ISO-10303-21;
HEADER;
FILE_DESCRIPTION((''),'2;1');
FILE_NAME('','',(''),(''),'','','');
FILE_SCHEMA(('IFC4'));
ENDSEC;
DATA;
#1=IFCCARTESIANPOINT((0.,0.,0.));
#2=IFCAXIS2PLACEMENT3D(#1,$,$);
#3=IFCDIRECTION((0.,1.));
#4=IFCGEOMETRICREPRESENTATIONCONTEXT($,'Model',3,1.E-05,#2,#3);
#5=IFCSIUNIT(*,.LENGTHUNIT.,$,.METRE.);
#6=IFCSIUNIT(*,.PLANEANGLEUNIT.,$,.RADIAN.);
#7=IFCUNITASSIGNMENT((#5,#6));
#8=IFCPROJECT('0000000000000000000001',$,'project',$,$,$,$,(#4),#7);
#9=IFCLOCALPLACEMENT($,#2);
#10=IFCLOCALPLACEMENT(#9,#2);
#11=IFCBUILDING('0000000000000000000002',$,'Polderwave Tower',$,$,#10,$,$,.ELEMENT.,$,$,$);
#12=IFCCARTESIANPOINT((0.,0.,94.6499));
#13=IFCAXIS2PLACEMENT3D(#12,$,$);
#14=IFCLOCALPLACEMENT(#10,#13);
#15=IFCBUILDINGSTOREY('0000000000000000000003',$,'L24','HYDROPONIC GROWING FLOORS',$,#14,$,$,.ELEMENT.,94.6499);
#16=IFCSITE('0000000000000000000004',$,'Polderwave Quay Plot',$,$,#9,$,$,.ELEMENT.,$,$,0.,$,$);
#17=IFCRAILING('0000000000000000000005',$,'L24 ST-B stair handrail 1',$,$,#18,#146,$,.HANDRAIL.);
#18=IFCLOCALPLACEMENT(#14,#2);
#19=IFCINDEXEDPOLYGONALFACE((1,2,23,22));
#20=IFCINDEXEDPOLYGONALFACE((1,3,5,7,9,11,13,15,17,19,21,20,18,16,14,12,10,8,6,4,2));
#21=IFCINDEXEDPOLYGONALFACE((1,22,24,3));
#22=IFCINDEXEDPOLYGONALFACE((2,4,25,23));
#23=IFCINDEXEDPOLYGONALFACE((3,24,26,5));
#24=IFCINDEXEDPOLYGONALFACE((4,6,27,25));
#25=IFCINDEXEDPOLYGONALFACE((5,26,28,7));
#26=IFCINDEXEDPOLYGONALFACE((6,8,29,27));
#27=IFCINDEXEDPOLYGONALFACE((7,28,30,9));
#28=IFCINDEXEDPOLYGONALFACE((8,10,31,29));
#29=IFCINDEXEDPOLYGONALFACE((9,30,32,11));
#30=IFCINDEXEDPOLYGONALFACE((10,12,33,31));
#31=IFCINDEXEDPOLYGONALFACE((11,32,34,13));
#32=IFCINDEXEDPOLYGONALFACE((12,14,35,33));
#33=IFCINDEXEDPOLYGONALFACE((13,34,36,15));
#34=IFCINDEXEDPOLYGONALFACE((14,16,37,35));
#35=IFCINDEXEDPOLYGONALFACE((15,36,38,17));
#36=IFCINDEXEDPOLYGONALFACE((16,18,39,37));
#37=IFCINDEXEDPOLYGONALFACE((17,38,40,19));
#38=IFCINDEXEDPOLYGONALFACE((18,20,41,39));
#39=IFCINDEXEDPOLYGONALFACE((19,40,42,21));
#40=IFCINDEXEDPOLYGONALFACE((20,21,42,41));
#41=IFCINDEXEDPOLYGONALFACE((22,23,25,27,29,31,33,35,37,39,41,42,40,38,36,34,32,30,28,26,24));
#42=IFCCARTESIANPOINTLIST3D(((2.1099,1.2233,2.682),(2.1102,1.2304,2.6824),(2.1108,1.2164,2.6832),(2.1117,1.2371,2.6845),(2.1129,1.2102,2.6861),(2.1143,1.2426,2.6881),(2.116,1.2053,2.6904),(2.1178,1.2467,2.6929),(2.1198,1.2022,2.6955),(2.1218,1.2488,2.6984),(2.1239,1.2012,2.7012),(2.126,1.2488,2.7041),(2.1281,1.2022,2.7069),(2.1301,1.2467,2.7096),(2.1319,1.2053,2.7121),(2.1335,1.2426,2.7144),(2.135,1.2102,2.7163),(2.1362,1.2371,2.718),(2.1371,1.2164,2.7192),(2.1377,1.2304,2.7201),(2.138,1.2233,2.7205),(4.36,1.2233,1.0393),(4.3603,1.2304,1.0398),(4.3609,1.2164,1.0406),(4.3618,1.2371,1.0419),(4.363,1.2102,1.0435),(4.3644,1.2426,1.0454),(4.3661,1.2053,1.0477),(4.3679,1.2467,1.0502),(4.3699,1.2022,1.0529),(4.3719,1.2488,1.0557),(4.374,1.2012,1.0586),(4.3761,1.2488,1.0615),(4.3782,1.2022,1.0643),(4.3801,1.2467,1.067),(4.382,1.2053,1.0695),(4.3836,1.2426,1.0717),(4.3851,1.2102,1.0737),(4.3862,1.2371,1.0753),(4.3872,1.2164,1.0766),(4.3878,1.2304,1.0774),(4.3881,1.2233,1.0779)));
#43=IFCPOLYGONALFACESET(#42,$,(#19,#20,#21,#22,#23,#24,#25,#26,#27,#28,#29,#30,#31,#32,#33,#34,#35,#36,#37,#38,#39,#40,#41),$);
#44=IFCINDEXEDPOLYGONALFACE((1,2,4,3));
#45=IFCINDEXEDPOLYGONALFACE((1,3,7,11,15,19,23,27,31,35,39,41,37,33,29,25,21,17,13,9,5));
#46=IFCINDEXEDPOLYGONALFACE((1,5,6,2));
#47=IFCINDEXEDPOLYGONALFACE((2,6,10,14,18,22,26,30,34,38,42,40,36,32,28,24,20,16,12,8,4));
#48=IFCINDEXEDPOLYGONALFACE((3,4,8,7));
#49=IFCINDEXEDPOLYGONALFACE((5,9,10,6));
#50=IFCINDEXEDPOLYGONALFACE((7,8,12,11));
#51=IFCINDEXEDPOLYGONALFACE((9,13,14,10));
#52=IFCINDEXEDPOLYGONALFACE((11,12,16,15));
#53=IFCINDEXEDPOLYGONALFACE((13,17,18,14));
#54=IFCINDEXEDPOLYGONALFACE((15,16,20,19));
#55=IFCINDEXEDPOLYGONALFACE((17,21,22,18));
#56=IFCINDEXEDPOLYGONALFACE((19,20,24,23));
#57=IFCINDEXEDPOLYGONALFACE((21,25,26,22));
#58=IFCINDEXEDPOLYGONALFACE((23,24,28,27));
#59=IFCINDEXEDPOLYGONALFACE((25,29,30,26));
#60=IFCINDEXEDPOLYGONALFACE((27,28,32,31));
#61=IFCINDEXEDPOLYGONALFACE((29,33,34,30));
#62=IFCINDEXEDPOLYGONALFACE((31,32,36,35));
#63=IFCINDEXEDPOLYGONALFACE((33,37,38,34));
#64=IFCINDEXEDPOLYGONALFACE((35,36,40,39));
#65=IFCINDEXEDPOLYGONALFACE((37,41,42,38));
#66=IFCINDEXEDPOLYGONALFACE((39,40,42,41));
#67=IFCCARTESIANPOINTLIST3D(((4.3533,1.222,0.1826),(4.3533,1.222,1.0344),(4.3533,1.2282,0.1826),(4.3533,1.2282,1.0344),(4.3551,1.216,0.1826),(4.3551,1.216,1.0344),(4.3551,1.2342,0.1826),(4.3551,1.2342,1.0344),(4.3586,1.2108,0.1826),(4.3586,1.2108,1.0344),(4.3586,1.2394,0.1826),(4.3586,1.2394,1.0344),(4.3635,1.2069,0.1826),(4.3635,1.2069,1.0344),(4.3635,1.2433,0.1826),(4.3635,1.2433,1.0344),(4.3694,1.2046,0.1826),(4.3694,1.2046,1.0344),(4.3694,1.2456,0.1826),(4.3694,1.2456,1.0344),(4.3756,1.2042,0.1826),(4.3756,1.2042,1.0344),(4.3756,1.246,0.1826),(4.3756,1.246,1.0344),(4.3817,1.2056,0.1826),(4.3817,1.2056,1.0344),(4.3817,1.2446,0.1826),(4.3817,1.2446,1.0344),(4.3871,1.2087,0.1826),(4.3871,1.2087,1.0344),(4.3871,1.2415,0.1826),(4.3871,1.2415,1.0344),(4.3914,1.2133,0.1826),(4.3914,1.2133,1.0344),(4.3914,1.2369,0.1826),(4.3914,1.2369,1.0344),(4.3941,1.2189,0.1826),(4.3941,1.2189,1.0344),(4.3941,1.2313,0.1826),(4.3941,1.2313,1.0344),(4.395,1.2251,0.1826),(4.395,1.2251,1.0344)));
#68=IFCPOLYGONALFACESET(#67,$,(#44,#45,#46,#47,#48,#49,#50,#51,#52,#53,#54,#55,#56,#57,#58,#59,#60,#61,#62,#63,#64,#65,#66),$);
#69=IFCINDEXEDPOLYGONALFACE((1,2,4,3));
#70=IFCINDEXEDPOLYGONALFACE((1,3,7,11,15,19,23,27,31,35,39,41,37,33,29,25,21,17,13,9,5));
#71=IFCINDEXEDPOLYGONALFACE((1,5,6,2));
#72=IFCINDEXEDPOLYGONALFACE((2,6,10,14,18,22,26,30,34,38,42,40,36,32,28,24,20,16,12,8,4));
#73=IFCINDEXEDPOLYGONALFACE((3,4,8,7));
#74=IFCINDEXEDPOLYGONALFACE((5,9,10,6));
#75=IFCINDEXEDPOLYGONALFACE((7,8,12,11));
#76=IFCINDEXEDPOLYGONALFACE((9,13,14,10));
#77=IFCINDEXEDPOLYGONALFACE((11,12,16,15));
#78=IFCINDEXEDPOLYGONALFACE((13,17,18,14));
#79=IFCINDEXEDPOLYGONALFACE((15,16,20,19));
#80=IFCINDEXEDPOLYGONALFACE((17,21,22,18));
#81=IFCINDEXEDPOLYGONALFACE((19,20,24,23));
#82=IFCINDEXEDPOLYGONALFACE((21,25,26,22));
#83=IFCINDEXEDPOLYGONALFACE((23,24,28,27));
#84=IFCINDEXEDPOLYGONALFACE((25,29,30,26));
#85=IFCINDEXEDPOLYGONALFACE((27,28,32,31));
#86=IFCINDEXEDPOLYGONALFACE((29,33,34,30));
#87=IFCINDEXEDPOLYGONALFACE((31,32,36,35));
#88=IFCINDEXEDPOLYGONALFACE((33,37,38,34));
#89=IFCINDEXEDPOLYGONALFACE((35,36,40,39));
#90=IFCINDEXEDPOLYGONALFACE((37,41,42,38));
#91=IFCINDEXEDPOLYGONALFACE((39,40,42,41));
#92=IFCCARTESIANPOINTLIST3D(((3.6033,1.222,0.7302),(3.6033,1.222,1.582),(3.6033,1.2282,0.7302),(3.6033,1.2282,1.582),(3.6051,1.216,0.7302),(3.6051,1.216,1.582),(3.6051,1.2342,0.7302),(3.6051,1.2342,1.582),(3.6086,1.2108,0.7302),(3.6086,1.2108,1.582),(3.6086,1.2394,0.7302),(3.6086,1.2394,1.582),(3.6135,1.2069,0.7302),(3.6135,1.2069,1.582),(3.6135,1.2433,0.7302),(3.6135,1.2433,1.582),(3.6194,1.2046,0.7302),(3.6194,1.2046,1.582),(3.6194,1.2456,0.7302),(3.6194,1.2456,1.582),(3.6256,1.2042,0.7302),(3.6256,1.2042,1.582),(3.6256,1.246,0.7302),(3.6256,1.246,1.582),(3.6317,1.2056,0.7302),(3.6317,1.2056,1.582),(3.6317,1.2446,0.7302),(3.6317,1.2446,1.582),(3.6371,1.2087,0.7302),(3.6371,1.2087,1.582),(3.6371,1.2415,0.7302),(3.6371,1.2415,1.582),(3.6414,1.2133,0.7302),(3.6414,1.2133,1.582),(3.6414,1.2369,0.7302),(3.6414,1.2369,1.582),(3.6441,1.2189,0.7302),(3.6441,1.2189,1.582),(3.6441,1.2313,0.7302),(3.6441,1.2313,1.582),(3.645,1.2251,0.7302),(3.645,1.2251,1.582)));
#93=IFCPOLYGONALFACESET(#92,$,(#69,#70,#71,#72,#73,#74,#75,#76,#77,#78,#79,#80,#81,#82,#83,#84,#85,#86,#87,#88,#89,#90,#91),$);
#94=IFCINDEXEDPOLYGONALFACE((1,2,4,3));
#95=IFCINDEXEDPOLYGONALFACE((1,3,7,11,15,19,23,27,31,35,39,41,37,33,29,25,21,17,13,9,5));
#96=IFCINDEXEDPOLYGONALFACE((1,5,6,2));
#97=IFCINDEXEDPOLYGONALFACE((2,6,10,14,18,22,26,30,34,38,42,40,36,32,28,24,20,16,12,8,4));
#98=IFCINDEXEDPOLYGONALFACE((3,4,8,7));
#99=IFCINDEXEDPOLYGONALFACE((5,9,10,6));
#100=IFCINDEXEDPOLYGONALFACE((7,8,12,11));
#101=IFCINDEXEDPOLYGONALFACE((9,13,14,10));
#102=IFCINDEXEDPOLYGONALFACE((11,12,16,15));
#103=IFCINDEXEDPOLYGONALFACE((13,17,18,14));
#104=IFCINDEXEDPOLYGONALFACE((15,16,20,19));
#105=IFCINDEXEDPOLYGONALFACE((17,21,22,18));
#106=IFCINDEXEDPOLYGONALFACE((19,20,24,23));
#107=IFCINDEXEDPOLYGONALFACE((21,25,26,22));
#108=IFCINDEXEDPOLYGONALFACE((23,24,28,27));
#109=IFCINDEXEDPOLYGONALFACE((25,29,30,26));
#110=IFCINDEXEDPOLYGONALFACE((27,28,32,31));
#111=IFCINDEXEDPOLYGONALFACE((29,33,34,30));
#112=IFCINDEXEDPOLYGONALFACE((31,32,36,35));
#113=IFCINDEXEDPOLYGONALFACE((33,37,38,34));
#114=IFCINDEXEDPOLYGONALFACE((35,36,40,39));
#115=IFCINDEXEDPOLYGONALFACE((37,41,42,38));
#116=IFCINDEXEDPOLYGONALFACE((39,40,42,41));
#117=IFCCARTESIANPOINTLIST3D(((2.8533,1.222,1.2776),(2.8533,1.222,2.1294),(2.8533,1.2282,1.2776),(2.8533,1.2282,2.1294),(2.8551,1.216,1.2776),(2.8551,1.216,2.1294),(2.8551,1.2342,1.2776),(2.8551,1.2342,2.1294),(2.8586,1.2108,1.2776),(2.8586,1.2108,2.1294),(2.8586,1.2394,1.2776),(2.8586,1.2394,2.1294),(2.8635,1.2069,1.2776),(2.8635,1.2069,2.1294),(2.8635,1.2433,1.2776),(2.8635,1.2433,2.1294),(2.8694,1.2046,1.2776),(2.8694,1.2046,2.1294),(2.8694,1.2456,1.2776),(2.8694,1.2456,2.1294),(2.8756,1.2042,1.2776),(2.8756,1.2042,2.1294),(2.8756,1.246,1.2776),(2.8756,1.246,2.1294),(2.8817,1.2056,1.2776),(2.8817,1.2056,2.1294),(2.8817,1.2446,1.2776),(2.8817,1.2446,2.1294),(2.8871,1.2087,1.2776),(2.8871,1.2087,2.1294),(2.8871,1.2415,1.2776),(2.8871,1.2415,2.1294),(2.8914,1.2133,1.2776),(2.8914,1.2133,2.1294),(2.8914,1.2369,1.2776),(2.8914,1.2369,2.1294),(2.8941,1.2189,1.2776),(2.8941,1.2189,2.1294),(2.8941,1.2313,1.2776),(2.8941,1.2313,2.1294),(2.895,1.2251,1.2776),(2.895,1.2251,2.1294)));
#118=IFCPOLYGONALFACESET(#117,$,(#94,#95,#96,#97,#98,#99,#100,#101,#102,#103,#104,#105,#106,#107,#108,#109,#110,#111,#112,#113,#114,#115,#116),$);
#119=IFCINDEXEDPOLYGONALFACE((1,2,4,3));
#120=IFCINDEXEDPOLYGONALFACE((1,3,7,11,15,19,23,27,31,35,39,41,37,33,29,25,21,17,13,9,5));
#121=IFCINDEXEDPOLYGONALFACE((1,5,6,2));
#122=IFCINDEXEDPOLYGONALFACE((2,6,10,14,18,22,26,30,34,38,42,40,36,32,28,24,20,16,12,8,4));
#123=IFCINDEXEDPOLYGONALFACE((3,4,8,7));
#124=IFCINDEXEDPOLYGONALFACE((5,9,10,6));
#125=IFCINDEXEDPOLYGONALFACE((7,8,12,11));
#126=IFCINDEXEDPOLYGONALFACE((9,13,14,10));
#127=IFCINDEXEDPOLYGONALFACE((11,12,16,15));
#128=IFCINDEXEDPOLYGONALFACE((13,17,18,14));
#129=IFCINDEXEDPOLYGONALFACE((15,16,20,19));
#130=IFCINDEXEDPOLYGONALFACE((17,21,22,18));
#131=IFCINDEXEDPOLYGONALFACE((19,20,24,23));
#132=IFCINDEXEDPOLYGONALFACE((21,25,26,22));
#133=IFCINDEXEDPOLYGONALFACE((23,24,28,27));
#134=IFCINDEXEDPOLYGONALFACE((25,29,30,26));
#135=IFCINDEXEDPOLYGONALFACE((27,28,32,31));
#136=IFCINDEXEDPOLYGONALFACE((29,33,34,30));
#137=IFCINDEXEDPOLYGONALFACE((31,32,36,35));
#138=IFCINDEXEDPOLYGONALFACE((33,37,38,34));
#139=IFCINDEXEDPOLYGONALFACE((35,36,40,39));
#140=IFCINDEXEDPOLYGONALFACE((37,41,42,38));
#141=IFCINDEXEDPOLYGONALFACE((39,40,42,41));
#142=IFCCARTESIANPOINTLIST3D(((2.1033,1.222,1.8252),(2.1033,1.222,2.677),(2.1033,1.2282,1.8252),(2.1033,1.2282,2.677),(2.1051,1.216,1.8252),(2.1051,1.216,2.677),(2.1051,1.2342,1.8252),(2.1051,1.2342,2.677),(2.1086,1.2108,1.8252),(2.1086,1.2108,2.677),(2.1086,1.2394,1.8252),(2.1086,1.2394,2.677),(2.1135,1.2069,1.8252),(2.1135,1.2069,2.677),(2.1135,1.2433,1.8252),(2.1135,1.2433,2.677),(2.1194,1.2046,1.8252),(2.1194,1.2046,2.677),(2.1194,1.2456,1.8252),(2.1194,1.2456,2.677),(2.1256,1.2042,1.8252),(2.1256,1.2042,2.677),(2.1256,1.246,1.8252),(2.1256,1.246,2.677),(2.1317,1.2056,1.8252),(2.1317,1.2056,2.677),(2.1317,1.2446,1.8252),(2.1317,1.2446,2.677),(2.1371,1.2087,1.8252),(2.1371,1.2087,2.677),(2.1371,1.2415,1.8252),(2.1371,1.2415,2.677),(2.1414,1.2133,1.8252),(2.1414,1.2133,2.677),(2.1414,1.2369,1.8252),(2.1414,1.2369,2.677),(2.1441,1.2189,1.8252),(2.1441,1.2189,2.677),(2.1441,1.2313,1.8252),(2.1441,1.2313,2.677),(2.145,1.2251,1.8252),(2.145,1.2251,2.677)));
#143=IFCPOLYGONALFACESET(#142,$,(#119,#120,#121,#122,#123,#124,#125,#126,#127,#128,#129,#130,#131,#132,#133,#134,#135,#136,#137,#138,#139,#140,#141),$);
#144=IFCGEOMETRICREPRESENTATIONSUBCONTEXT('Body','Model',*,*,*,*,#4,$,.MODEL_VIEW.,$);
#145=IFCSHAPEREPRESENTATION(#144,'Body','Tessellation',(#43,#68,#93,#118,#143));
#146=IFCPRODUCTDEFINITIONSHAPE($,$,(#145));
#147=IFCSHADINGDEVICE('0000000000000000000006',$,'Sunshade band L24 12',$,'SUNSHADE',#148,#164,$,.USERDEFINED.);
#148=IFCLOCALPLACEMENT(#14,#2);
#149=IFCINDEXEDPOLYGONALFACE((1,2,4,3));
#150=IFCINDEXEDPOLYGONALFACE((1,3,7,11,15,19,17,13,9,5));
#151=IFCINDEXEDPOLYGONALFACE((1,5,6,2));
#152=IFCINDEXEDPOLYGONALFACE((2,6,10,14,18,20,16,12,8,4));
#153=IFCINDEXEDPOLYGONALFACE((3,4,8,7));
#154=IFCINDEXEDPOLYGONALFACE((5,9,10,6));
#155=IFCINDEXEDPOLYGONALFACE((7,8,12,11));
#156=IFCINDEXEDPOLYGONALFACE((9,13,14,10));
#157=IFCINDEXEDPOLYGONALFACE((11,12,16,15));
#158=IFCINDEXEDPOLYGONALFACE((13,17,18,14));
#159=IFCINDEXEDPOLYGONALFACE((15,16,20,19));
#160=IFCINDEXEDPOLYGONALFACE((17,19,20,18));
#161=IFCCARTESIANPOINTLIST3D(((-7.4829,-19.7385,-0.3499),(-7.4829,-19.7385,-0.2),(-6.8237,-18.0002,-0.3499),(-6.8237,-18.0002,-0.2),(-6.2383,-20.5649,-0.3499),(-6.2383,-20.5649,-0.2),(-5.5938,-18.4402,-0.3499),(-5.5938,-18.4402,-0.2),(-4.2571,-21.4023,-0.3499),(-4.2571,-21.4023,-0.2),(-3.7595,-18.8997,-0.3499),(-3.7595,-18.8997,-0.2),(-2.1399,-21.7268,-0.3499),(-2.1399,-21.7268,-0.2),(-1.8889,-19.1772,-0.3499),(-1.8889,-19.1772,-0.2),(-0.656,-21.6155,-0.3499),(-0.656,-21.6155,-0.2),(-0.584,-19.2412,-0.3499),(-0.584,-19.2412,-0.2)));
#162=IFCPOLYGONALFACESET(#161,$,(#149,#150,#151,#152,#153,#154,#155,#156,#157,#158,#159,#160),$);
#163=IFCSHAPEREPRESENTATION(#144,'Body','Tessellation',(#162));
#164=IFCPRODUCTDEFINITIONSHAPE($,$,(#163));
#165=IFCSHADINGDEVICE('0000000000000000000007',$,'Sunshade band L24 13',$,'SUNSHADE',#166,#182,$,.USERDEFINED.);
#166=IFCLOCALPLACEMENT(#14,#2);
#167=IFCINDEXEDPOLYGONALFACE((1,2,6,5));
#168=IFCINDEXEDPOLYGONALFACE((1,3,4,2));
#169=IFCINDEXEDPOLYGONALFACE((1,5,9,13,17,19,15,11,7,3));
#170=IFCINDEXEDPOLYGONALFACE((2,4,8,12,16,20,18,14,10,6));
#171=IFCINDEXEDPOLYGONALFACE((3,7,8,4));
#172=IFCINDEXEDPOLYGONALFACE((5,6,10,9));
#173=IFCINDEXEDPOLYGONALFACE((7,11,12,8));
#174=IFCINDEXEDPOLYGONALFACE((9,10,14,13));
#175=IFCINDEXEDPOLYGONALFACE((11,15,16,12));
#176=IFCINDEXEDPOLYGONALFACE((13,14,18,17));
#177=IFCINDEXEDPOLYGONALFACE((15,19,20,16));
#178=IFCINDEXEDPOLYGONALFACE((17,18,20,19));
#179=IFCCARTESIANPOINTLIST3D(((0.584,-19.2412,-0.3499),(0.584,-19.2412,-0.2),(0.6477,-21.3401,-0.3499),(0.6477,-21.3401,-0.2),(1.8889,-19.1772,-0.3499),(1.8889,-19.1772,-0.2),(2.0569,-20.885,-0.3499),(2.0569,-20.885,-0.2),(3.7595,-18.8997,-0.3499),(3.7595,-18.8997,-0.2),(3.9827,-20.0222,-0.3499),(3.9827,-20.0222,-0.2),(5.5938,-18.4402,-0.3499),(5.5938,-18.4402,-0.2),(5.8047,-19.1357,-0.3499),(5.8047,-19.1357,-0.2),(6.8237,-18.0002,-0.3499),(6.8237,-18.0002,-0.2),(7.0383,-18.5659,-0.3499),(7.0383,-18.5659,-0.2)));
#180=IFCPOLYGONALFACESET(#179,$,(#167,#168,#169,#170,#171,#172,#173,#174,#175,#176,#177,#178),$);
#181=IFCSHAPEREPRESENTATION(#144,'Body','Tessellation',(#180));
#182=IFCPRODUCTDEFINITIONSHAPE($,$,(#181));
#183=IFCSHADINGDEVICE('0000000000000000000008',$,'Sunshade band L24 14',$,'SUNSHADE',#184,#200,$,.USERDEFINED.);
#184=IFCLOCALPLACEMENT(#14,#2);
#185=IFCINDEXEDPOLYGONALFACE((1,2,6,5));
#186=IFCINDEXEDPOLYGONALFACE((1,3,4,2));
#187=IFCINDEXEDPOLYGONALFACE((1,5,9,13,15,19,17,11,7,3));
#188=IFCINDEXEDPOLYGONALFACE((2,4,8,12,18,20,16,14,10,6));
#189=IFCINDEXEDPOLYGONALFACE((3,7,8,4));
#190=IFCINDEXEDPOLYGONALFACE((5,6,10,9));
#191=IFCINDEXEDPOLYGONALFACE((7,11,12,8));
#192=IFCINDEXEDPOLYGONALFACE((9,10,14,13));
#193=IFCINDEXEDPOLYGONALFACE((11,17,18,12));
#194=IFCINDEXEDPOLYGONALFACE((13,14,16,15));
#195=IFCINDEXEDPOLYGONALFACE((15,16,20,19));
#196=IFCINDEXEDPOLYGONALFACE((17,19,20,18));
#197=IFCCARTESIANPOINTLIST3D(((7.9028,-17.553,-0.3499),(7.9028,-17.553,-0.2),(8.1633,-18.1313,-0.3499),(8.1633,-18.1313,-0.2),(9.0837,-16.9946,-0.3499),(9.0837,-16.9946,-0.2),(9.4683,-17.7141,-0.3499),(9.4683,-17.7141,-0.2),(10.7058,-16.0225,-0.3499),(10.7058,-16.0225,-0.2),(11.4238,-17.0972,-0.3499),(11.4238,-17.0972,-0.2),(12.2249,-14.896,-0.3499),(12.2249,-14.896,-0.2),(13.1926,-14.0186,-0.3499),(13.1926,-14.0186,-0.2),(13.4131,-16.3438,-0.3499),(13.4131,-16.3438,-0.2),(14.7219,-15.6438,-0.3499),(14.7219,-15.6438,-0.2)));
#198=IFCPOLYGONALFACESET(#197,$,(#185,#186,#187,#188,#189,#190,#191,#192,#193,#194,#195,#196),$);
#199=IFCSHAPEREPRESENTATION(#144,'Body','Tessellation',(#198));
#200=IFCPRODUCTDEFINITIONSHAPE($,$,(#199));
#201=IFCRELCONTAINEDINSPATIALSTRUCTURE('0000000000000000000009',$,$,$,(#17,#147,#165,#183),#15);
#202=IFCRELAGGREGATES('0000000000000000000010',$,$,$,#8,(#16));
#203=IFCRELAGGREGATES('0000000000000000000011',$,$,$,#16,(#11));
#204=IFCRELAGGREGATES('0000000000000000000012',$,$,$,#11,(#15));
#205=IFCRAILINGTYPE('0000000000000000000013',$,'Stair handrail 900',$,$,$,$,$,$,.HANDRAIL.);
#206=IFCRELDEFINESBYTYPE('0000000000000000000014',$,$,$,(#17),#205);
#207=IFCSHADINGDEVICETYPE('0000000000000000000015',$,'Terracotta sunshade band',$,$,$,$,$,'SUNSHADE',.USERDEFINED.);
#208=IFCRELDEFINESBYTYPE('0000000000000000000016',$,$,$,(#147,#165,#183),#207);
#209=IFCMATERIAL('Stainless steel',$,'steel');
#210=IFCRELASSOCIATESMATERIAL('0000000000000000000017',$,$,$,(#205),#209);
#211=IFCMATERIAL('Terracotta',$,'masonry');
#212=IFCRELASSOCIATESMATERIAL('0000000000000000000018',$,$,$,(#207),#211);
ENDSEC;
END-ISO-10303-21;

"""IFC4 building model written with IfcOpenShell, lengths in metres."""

from ifc_helpers import new_model, si_unit, direction, frame, origin, origin_2d, place, context, subcontext, project, spatial, polyline, circle, outline, extrude, material, type_object, element, save


model = new_model("IFC4")

# Units and contexts
model_context = context("Model", 3, precision=1e-05, world=origin(), true_north=direction((0.0, 1.0)))
body_context = subcontext(model_context, "Body", "Model", "MODEL_VIEW")
ifc_project = project(units=[si_unit("LENGTHUNIT", "METRE"), si_unit("PLANEANGLEUNIT", "RADIAN")], contexts=[model_context])

# Site, building, storey
site_placement = place(None, origin())
site = spatial("IfcSite", under=ifc_project, at=site_placement, Name="Polderwave Quay Plot", CompositionType="ELEMENT", RefElevation=0.0)
building_placement = place(site_placement, origin())
building = spatial("IfcBuilding", under=site, at=building_placement, Name="Polderwave Tower", CompositionType="ELEMENT")
storey_placement = place(building_placement, frame((0.0, 0.0, 94.6499)))
storey = spatial("IfcBuildingStorey", under=building, at=storey_placement, Name="L24", Description="HYDROPONIC GROWING FLOORS", CompositionType="ELEMENT", Elevation=94.6499)

# Railing
ifc_material_1 = material(Name="Stainless steel", Category="steel")
railing_type_1 = type_object("IfcRailingType", Name="Stair handrail 900", PredefinedType="HANDRAIL", material=ifc_material_1)
railing_1_placement = place(storey_placement, frame((4.374, 1.2251, 0.1826)))
element("IfcRailing", 1, at=railing_1_placement, inside=storey, type_object=railing_type_1, Name="L24 ST-B stair handrail 1", PredefinedType="HANDRAIL", context=body_context, shape_type="SweptSolid", body=[
    extrude(circle(Radius=0.0239, at=origin_2d()), frame((0.0, 0.0, 0.876), z_axis=(-0.807674, 0.0, 0.58963), x_axis=(0.0, -1.0, 0.0)), (0.0, 0.0, 1.0), 2.7859),
    extrude(circle(Radius=0.021, at=origin_2d()), origin(), (0.0, 0.0, 1.0), 0.8518),
    extrude(circle(Radius=0.021, at=origin_2d()), frame((-0.75, 0.0, 0.5476)), (0.0, 0.0, 1.0), 0.8518),
    extrude(circle(Radius=0.021, at=origin_2d()), frame((-1.5, 0.0, 1.095)), (0.0, 0.0, 1.0), 0.8518),
    extrude(circle(Radius=0.021, at=origin_2d()), frame((-2.25, 0.0, 1.6426)), (0.0, 0.0, 1.0), 0.8518),
])

# Shading devices
ifc_material_2 = material(Name="Terracotta", Category="masonry")
shading_device_type = type_object("IfcShadingDeviceType", Name="Terracotta sunshade band", ElementType="SUNSHADE", PredefinedType="USERDEFINED", material=ifc_material_2)
shading_device_1_placement = place(storey_placement, frame((0.0, 0.0, -0.3499)))
element("IfcShadingDevice", 2, at=shading_device_1_placement, inside=storey, type_object=shading_device_type, Name="Sunshade band L24 12", ObjectType="SUNSHADE", PredefinedType="USERDEFINED", context=body_context, shape_type="SweptSolid", body=[
    extrude(outline(polyline([(-6.8237, -18.0002), (-5.5938, -18.4402), (-3.7595, -18.8997), (-1.8889, -19.1772), (-0.584, -19.2412), (-0.656, -21.6155), (-2.1399, -21.7268), (-4.2571, -21.4023), (-6.2383, -20.5649), (-7.4829, -19.7385), (-6.8237, -18.0002)])), origin(), (0.0, 0.0, 1.0), 0.1499),
])
shading_device_2_placement = place(storey_placement, frame((0.0, 0.0, -0.3499)))
element("IfcShadingDevice", 3, at=shading_device_2_placement, inside=storey, type_object=shading_device_type, Name="Sunshade band L24 13", ObjectType="SUNSHADE", PredefinedType="USERDEFINED", context=body_context, shape_type="SweptSolid", body=[
    extrude(outline(polyline([(0.584, -19.2412), (1.8889, -19.1772), (3.7595, -18.8997), (5.5938, -18.4402), (6.8237, -18.0002), (7.0383, -18.5659), (5.8047, -19.1357), (3.9827, -20.0222), (2.0569, -20.885), (0.6477, -21.3401), (0.584, -19.2412)])), origin(), (0.0, 0.0, 1.0), 0.1499),
])
shading_device_3_placement = place(storey_placement, frame((0.0, 0.0, -0.3499)))
element("IfcShadingDevice", 4, at=shading_device_3_placement, inside=storey, type_object=shading_device_type, Name="Sunshade band L24 14", ObjectType="SUNSHADE", PredefinedType="USERDEFINED", context=body_context, shape_type="SweptSolid", body=[
    extrude(outline(polyline([(7.9028, -17.553), (9.0837, -16.9946), (10.7058, -16.0225), (12.2249, -14.896), (13.1926, -14.0186), (14.7219, -15.6438), (13.4131, -16.3438), (11.4238, -17.0972), (9.4683, -17.7141), (8.1633, -18.1313), (7.9028, -17.553)])), origin(), (0.0, 0.0, 1.0), 0.1499),
])

save(model, "model.ifc")
